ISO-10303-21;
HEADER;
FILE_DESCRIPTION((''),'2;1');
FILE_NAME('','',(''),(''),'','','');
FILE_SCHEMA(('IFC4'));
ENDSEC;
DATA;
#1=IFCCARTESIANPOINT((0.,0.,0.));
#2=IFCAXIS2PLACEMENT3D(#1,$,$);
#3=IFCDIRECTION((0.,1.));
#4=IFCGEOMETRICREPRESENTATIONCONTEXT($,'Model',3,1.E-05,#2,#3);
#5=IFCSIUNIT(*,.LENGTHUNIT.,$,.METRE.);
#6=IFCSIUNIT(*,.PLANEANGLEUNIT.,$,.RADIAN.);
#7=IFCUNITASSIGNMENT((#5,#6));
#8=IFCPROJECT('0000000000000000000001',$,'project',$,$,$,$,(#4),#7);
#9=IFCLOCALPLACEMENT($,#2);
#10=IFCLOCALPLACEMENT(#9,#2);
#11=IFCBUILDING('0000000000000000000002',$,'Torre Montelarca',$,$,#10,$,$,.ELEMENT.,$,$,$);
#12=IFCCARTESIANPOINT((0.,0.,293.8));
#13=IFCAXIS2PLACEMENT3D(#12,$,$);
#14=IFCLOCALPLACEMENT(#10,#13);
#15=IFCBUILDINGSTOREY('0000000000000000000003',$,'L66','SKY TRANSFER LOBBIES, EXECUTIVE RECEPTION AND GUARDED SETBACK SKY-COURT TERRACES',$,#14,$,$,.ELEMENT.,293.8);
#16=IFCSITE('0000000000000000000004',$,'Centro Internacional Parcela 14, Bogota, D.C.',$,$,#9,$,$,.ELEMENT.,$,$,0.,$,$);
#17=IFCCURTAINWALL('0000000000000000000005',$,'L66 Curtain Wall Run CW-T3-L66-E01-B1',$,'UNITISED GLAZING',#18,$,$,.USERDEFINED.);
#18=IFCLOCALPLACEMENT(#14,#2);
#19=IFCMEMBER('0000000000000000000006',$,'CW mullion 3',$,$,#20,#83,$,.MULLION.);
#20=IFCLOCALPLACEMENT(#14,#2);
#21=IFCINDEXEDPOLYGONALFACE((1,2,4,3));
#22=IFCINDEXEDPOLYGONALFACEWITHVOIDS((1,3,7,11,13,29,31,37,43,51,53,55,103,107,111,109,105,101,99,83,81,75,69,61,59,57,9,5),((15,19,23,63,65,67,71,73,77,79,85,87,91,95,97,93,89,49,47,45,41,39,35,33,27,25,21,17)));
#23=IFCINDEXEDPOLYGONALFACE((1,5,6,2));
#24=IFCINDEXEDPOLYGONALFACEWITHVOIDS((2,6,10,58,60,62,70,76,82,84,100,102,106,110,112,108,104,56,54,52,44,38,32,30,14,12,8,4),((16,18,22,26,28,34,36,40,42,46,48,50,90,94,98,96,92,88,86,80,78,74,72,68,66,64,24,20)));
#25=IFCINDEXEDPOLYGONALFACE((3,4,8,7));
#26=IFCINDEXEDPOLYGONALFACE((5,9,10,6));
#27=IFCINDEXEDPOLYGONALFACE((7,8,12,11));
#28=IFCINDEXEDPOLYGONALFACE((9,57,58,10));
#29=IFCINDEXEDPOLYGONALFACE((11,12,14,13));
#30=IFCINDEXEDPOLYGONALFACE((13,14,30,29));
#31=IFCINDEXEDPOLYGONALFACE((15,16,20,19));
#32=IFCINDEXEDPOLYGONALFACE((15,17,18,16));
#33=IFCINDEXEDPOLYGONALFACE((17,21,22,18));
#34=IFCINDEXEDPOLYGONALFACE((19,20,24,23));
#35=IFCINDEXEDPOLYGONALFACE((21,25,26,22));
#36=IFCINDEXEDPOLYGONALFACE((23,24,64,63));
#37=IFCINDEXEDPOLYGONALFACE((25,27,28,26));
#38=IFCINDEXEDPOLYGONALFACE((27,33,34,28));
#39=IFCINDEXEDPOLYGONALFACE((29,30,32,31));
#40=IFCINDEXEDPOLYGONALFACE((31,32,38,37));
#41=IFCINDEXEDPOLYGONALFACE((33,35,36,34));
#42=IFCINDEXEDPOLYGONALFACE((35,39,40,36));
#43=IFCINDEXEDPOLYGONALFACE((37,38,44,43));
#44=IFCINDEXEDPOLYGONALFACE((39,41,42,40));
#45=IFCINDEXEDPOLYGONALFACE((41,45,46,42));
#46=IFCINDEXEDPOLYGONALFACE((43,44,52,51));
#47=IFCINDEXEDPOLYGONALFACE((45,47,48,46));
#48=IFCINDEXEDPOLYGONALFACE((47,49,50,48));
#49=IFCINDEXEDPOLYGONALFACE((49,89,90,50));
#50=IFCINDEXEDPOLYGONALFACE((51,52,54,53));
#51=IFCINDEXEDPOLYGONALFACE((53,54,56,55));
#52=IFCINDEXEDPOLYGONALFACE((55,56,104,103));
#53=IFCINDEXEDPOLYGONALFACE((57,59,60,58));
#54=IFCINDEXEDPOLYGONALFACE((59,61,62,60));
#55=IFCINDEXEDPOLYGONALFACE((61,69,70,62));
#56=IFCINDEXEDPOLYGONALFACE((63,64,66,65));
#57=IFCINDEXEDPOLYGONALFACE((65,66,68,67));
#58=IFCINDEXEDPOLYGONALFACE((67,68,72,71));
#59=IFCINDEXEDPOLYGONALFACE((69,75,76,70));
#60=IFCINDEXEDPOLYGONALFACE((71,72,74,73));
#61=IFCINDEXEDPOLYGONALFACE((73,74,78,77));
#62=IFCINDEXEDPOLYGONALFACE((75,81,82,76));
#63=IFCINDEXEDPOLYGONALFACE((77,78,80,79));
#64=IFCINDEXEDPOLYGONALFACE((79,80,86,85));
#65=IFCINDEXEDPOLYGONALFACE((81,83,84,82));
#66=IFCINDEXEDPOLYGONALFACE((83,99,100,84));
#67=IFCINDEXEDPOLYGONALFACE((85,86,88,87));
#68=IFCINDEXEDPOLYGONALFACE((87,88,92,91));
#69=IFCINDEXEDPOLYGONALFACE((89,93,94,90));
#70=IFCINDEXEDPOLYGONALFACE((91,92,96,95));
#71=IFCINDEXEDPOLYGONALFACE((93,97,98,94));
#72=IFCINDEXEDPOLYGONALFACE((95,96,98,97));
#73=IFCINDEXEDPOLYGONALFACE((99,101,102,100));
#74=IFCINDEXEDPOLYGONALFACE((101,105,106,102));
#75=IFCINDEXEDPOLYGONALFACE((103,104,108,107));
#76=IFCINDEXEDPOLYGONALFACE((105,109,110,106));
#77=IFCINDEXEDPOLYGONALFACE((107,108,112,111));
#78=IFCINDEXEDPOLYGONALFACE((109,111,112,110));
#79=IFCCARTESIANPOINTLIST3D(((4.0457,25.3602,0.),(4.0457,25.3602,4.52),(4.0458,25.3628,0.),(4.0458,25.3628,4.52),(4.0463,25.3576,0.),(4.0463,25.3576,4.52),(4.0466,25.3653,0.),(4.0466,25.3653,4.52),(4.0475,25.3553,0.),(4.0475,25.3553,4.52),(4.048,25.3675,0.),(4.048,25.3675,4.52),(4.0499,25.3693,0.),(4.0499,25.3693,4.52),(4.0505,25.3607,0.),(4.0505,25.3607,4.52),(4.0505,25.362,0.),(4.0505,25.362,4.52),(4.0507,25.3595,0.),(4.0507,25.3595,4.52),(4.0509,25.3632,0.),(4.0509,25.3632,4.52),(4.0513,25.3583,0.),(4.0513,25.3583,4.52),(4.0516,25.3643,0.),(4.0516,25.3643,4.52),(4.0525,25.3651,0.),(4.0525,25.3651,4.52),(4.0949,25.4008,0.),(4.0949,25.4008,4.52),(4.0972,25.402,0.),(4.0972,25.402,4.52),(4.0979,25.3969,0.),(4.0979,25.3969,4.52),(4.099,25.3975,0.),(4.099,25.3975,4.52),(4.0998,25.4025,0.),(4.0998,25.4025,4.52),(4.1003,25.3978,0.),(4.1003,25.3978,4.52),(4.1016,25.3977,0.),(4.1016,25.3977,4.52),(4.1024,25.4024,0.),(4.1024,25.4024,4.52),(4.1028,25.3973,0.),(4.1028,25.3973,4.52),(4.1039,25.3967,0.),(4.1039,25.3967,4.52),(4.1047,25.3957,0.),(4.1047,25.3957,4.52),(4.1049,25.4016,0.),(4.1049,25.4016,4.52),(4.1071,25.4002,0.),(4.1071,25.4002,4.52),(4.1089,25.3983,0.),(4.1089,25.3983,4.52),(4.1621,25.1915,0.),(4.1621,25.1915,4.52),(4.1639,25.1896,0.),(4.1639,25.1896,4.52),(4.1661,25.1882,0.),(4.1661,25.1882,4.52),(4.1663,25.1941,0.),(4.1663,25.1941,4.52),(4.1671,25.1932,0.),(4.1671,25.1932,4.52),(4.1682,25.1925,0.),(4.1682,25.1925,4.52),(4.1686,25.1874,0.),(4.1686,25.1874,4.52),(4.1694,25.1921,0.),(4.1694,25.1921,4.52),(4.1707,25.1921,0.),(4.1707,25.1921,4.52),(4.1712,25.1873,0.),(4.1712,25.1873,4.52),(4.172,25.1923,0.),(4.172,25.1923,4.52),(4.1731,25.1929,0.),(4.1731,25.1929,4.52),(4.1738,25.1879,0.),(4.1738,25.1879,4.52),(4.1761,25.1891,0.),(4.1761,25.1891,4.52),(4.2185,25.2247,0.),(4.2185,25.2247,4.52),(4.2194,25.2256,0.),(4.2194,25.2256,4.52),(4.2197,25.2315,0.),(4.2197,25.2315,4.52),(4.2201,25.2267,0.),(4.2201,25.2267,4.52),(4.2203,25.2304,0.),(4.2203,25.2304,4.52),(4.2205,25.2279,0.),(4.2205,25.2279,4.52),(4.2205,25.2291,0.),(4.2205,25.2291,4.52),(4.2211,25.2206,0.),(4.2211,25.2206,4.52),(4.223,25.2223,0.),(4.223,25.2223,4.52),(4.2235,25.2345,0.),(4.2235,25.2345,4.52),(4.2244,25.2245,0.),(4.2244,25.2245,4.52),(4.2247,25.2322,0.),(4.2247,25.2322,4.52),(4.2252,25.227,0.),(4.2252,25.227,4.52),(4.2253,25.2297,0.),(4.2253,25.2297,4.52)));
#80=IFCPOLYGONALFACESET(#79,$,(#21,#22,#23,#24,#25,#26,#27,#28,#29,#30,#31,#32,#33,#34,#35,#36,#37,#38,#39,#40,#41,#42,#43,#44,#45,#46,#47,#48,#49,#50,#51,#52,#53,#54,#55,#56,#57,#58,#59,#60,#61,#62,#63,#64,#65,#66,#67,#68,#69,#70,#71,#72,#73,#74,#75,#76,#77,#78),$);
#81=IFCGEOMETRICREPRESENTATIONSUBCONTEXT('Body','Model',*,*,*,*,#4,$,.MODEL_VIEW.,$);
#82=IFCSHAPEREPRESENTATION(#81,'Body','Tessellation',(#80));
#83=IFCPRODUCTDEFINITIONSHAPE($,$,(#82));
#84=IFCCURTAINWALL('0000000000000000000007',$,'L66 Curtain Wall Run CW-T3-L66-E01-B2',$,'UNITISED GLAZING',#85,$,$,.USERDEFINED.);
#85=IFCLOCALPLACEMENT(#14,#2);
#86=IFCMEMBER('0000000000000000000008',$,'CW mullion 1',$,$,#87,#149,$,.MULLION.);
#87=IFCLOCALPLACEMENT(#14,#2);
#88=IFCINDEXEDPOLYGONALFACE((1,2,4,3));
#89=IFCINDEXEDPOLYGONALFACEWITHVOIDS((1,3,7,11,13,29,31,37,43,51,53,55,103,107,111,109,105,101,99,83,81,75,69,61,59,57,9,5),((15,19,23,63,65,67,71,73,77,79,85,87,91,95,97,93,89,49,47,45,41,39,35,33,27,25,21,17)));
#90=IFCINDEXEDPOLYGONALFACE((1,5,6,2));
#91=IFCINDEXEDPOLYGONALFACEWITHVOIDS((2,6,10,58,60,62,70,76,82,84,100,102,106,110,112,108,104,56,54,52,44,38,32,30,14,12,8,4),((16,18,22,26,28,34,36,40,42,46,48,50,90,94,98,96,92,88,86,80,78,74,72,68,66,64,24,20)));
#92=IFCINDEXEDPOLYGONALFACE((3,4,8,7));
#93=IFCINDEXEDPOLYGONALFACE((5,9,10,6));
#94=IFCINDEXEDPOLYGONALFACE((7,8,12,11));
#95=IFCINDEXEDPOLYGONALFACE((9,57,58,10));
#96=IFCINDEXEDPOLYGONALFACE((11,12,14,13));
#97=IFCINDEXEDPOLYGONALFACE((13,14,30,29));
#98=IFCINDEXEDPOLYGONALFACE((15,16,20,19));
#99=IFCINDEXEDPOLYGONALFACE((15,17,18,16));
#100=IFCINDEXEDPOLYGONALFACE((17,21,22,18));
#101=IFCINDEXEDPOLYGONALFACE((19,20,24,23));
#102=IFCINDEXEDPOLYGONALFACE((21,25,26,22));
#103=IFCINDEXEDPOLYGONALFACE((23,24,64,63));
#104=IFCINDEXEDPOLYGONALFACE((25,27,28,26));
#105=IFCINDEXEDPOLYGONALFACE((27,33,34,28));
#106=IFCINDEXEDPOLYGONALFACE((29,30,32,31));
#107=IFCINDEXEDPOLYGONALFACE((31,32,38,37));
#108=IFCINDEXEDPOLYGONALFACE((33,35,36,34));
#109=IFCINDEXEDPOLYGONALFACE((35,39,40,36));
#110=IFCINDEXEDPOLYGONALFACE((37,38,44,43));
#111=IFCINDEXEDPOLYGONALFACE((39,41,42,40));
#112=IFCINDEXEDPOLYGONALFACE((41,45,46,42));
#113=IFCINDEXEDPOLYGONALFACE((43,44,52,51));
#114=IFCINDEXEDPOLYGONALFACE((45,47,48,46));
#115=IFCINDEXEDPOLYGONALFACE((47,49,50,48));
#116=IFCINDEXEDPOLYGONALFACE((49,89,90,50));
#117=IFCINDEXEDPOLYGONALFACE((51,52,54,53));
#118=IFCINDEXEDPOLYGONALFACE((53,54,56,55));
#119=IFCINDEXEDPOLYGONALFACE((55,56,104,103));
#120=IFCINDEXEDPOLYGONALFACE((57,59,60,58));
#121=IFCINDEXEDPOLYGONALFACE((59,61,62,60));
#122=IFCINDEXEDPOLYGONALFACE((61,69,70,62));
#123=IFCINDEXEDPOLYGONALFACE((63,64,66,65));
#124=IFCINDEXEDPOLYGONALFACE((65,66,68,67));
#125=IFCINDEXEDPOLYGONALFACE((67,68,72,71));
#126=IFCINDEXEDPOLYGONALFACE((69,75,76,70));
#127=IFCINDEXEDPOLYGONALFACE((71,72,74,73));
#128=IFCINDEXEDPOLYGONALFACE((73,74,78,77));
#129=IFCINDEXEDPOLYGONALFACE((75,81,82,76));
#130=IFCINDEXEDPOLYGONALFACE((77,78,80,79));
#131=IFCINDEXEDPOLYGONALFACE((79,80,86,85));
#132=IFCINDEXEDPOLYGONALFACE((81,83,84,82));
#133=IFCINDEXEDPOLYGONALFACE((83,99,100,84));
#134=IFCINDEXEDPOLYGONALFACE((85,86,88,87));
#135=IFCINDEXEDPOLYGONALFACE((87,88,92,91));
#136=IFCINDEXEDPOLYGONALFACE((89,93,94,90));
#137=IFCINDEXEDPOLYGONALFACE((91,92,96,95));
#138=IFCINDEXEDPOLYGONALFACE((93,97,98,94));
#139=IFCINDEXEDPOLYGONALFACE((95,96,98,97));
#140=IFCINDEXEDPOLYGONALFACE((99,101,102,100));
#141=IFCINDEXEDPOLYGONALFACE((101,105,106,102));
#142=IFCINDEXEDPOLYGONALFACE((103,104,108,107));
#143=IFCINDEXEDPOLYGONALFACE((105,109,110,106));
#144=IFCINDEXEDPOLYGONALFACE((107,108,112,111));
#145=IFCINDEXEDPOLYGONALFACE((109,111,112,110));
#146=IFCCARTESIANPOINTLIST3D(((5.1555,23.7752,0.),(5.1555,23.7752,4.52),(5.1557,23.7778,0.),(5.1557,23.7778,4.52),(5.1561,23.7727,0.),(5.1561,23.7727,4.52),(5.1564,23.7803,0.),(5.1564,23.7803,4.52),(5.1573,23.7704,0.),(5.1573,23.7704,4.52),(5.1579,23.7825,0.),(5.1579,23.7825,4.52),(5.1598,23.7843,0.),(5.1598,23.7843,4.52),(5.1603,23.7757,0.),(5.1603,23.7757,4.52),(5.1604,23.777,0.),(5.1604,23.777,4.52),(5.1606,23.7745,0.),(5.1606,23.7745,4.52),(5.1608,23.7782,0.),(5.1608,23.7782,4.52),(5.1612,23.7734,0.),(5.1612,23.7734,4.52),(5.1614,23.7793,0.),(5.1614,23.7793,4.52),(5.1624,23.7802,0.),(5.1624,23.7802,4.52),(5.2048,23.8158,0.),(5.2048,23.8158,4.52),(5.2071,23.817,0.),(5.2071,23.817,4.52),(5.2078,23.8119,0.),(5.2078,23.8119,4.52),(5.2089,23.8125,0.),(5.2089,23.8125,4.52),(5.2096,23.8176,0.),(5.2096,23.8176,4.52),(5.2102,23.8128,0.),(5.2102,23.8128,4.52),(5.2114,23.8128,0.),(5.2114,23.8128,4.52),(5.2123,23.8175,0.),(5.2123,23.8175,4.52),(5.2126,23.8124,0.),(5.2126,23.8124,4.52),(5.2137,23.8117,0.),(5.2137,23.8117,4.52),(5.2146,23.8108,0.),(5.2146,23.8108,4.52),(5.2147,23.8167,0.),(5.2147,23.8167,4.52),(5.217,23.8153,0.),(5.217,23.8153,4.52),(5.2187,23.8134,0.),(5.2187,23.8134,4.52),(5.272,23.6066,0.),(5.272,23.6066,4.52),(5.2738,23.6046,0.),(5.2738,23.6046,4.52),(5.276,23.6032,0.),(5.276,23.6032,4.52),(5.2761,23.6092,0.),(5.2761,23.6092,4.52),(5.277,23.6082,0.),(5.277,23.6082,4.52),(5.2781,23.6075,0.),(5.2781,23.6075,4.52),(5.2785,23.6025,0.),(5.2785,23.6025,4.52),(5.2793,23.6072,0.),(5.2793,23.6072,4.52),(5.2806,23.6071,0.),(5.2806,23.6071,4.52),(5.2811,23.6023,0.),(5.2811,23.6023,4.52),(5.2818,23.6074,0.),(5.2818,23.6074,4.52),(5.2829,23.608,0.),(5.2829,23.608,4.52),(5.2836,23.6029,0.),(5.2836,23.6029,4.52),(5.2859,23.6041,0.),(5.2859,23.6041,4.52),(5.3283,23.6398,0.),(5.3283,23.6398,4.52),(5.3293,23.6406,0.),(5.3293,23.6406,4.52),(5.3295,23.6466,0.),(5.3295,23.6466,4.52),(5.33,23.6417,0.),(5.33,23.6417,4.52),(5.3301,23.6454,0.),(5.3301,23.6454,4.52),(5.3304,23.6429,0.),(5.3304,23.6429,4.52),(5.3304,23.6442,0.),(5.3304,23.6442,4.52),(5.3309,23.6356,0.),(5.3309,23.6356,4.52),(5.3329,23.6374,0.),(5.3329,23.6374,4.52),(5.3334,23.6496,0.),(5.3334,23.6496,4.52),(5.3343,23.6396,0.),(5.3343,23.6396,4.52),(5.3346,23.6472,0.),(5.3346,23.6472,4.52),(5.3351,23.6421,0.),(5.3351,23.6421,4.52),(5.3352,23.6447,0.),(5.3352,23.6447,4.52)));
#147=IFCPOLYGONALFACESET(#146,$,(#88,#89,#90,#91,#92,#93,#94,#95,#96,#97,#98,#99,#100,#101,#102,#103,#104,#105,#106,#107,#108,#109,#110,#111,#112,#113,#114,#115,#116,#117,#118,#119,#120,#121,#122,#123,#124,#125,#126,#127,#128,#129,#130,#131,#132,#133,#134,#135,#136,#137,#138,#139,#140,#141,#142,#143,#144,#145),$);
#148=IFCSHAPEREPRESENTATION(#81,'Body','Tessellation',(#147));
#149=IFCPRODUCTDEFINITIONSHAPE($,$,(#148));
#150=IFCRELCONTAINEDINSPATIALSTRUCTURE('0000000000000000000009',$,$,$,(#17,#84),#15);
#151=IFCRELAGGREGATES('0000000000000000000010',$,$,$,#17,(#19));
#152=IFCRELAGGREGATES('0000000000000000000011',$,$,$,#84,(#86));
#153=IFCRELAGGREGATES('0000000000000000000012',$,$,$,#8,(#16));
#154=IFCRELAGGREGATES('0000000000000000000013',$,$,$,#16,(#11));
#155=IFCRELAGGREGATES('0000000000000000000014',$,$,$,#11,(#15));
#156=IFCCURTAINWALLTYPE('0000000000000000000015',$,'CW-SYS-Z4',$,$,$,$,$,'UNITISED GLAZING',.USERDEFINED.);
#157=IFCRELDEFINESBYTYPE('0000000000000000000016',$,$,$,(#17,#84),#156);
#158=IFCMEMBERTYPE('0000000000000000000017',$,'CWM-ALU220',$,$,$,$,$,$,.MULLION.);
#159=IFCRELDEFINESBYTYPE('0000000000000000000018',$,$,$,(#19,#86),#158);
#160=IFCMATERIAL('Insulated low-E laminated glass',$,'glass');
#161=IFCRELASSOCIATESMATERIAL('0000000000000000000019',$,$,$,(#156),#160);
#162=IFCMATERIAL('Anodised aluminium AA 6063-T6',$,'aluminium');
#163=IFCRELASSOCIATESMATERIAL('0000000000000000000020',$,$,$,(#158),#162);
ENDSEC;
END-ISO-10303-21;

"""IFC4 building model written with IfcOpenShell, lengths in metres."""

from ifc_helpers import new_model, si_unit, direction, frame, origin, origin_2d, place, context, subcontext, project, spatial, hollow_rectangle, extrude, source, transform, mapped, material, material_profile, profile_set, type_object, element, aggregate, save


model = new_model("IFC4")

# Units and contexts
model_context = context("Model", 3, precision=1e-05, world=origin(), true_north=direction((0.0, 1.0)))
body_context = subcontext(model_context, "Body", "Model", "MODEL_VIEW")
ifc_project = project(units=[si_unit("LENGTHUNIT", "METRE"), si_unit("PLANEANGLEUNIT", "RADIAN")], contexts=[model_context])

# Site, building, storey
site_placement = place(None, origin())
site = spatial("IfcSite", under=ifc_project, at=site_placement, Name="Centro Internacional Parcela 14, Bogota, D.C.", CompositionType="ELEMENT", RefElevation=0.0)
building_placement = place(site_placement, origin())
building = spatial("IfcBuilding", under=site, at=building_placement, Name="Torre Montelarca", CompositionType="ELEMENT")
storey_placement = place(building_placement, frame((0.0, 0.0, 293.8)))
storey = spatial("IfcBuildingStorey", under=building, at=storey_placement, Name="L66", Description="SKY TRANSFER LOBBIES, EXECUTIVE RECEPTION AND GUARDED SETBACK SKY-COURT TERRACES", CompositionType="ELEMENT", Elevation=293.8)

# Curtain walls, members
ifc_material_1 = material(Name="Insulated low-E laminated glass", Category="glass")
curtain_wall_type = type_object("IfcCurtainWallType", Name="CW-SYS-Z4", ElementType="UNITISED GLAZING", PredefinedType="USERDEFINED", material=ifc_material_1)
curtain_wall_1_placement = place(storey_placement, origin())
curtain_wall_1 = element("IfcCurtainWall", 1, at=curtain_wall_1_placement, inside=storey, type_object=curtain_wall_type, Name="L66 Curtain Wall Run CW-T3-L66-E01-B1", ObjectType="UNITISED GLAZING", PredefinedType="USERDEFINED")
ifc_material_2 = material(Name="Anodised aluminium AA 6063-T6", Category="aluminium")
ifc_material_profile_1 = material_profile(ifc_material_2, hollow_rectangle(XDim=0.075, YDim=0.22, WallThickness=0.0049, InnerFilletRadius=0.0049, OuterFilletRadius=0.01, at=origin_2d()), Name="ALU75X220X5", Category="aluminium")
ifc_profile_set_1 = profile_set([ifc_material_profile_1], Name="Anodised aluminium AA 6063-T6")
member_type_1 = type_object("IfcMemberType", Name="CWM-ALU220", PredefinedType="MULLION", material=ifc_profile_set_1)
shared_shape_1 = source(origin(), body_context, "Body", "SweptSolid", [
    extrude(hollow_rectangle(XDim=0.075, YDim=0.22, WallThickness=0.0049, InnerFilletRadius=0.0049, OuterFilletRadius=0.01, at=origin_2d()), origin(), (0.0, 0.0, 1.0), 4.52),
])
member_1_placement = place(storey_placement, frame((4.1355, 25.2949, 0.0), z_axis=(0.0, 0.0, 1.0), x_axis=(0.819157, 0.573569, 0.0)))
member_1 = element("IfcMember", 2, at=member_1_placement, type_object=member_type_1, Name="CW mullion 3", PredefinedType="MULLION", context=body_context, shape_type="MappedRepresentation", body=[
    mapped(shared_shape_1, transform((0.0, 0.0, 0.0), scale=1.0)),
])
curtain_wall_2_placement = place(storey_placement, origin())
curtain_wall_2 = element("IfcCurtainWall", 3, at=curtain_wall_2_placement, inside=storey, type_object=curtain_wall_type, Name="L66 Curtain Wall Run CW-T3-L66-E01-B2", ObjectType="UNITISED GLAZING", PredefinedType="USERDEFINED")
member_2_placement = place(storey_placement, frame((5.2454, 23.71, 0.0), z_axis=(0.0, 0.0, 1.0), x_axis=(0.819156, 0.57357, 0.0)))
member_2 = element("IfcMember", 4, at=member_2_placement, type_object=member_type_1, Name="CW mullion 1", PredefinedType="MULLION", context=body_context, shape_type="MappedRepresentation", body=[
    mapped(shared_shape_1, transform((0.0, 0.0, 0.0), scale=1.0)),
])

aggregate(curtain_wall_1, [member_1])
aggregate(curtain_wall_2, [member_2])

save(model, "model.ifc")
